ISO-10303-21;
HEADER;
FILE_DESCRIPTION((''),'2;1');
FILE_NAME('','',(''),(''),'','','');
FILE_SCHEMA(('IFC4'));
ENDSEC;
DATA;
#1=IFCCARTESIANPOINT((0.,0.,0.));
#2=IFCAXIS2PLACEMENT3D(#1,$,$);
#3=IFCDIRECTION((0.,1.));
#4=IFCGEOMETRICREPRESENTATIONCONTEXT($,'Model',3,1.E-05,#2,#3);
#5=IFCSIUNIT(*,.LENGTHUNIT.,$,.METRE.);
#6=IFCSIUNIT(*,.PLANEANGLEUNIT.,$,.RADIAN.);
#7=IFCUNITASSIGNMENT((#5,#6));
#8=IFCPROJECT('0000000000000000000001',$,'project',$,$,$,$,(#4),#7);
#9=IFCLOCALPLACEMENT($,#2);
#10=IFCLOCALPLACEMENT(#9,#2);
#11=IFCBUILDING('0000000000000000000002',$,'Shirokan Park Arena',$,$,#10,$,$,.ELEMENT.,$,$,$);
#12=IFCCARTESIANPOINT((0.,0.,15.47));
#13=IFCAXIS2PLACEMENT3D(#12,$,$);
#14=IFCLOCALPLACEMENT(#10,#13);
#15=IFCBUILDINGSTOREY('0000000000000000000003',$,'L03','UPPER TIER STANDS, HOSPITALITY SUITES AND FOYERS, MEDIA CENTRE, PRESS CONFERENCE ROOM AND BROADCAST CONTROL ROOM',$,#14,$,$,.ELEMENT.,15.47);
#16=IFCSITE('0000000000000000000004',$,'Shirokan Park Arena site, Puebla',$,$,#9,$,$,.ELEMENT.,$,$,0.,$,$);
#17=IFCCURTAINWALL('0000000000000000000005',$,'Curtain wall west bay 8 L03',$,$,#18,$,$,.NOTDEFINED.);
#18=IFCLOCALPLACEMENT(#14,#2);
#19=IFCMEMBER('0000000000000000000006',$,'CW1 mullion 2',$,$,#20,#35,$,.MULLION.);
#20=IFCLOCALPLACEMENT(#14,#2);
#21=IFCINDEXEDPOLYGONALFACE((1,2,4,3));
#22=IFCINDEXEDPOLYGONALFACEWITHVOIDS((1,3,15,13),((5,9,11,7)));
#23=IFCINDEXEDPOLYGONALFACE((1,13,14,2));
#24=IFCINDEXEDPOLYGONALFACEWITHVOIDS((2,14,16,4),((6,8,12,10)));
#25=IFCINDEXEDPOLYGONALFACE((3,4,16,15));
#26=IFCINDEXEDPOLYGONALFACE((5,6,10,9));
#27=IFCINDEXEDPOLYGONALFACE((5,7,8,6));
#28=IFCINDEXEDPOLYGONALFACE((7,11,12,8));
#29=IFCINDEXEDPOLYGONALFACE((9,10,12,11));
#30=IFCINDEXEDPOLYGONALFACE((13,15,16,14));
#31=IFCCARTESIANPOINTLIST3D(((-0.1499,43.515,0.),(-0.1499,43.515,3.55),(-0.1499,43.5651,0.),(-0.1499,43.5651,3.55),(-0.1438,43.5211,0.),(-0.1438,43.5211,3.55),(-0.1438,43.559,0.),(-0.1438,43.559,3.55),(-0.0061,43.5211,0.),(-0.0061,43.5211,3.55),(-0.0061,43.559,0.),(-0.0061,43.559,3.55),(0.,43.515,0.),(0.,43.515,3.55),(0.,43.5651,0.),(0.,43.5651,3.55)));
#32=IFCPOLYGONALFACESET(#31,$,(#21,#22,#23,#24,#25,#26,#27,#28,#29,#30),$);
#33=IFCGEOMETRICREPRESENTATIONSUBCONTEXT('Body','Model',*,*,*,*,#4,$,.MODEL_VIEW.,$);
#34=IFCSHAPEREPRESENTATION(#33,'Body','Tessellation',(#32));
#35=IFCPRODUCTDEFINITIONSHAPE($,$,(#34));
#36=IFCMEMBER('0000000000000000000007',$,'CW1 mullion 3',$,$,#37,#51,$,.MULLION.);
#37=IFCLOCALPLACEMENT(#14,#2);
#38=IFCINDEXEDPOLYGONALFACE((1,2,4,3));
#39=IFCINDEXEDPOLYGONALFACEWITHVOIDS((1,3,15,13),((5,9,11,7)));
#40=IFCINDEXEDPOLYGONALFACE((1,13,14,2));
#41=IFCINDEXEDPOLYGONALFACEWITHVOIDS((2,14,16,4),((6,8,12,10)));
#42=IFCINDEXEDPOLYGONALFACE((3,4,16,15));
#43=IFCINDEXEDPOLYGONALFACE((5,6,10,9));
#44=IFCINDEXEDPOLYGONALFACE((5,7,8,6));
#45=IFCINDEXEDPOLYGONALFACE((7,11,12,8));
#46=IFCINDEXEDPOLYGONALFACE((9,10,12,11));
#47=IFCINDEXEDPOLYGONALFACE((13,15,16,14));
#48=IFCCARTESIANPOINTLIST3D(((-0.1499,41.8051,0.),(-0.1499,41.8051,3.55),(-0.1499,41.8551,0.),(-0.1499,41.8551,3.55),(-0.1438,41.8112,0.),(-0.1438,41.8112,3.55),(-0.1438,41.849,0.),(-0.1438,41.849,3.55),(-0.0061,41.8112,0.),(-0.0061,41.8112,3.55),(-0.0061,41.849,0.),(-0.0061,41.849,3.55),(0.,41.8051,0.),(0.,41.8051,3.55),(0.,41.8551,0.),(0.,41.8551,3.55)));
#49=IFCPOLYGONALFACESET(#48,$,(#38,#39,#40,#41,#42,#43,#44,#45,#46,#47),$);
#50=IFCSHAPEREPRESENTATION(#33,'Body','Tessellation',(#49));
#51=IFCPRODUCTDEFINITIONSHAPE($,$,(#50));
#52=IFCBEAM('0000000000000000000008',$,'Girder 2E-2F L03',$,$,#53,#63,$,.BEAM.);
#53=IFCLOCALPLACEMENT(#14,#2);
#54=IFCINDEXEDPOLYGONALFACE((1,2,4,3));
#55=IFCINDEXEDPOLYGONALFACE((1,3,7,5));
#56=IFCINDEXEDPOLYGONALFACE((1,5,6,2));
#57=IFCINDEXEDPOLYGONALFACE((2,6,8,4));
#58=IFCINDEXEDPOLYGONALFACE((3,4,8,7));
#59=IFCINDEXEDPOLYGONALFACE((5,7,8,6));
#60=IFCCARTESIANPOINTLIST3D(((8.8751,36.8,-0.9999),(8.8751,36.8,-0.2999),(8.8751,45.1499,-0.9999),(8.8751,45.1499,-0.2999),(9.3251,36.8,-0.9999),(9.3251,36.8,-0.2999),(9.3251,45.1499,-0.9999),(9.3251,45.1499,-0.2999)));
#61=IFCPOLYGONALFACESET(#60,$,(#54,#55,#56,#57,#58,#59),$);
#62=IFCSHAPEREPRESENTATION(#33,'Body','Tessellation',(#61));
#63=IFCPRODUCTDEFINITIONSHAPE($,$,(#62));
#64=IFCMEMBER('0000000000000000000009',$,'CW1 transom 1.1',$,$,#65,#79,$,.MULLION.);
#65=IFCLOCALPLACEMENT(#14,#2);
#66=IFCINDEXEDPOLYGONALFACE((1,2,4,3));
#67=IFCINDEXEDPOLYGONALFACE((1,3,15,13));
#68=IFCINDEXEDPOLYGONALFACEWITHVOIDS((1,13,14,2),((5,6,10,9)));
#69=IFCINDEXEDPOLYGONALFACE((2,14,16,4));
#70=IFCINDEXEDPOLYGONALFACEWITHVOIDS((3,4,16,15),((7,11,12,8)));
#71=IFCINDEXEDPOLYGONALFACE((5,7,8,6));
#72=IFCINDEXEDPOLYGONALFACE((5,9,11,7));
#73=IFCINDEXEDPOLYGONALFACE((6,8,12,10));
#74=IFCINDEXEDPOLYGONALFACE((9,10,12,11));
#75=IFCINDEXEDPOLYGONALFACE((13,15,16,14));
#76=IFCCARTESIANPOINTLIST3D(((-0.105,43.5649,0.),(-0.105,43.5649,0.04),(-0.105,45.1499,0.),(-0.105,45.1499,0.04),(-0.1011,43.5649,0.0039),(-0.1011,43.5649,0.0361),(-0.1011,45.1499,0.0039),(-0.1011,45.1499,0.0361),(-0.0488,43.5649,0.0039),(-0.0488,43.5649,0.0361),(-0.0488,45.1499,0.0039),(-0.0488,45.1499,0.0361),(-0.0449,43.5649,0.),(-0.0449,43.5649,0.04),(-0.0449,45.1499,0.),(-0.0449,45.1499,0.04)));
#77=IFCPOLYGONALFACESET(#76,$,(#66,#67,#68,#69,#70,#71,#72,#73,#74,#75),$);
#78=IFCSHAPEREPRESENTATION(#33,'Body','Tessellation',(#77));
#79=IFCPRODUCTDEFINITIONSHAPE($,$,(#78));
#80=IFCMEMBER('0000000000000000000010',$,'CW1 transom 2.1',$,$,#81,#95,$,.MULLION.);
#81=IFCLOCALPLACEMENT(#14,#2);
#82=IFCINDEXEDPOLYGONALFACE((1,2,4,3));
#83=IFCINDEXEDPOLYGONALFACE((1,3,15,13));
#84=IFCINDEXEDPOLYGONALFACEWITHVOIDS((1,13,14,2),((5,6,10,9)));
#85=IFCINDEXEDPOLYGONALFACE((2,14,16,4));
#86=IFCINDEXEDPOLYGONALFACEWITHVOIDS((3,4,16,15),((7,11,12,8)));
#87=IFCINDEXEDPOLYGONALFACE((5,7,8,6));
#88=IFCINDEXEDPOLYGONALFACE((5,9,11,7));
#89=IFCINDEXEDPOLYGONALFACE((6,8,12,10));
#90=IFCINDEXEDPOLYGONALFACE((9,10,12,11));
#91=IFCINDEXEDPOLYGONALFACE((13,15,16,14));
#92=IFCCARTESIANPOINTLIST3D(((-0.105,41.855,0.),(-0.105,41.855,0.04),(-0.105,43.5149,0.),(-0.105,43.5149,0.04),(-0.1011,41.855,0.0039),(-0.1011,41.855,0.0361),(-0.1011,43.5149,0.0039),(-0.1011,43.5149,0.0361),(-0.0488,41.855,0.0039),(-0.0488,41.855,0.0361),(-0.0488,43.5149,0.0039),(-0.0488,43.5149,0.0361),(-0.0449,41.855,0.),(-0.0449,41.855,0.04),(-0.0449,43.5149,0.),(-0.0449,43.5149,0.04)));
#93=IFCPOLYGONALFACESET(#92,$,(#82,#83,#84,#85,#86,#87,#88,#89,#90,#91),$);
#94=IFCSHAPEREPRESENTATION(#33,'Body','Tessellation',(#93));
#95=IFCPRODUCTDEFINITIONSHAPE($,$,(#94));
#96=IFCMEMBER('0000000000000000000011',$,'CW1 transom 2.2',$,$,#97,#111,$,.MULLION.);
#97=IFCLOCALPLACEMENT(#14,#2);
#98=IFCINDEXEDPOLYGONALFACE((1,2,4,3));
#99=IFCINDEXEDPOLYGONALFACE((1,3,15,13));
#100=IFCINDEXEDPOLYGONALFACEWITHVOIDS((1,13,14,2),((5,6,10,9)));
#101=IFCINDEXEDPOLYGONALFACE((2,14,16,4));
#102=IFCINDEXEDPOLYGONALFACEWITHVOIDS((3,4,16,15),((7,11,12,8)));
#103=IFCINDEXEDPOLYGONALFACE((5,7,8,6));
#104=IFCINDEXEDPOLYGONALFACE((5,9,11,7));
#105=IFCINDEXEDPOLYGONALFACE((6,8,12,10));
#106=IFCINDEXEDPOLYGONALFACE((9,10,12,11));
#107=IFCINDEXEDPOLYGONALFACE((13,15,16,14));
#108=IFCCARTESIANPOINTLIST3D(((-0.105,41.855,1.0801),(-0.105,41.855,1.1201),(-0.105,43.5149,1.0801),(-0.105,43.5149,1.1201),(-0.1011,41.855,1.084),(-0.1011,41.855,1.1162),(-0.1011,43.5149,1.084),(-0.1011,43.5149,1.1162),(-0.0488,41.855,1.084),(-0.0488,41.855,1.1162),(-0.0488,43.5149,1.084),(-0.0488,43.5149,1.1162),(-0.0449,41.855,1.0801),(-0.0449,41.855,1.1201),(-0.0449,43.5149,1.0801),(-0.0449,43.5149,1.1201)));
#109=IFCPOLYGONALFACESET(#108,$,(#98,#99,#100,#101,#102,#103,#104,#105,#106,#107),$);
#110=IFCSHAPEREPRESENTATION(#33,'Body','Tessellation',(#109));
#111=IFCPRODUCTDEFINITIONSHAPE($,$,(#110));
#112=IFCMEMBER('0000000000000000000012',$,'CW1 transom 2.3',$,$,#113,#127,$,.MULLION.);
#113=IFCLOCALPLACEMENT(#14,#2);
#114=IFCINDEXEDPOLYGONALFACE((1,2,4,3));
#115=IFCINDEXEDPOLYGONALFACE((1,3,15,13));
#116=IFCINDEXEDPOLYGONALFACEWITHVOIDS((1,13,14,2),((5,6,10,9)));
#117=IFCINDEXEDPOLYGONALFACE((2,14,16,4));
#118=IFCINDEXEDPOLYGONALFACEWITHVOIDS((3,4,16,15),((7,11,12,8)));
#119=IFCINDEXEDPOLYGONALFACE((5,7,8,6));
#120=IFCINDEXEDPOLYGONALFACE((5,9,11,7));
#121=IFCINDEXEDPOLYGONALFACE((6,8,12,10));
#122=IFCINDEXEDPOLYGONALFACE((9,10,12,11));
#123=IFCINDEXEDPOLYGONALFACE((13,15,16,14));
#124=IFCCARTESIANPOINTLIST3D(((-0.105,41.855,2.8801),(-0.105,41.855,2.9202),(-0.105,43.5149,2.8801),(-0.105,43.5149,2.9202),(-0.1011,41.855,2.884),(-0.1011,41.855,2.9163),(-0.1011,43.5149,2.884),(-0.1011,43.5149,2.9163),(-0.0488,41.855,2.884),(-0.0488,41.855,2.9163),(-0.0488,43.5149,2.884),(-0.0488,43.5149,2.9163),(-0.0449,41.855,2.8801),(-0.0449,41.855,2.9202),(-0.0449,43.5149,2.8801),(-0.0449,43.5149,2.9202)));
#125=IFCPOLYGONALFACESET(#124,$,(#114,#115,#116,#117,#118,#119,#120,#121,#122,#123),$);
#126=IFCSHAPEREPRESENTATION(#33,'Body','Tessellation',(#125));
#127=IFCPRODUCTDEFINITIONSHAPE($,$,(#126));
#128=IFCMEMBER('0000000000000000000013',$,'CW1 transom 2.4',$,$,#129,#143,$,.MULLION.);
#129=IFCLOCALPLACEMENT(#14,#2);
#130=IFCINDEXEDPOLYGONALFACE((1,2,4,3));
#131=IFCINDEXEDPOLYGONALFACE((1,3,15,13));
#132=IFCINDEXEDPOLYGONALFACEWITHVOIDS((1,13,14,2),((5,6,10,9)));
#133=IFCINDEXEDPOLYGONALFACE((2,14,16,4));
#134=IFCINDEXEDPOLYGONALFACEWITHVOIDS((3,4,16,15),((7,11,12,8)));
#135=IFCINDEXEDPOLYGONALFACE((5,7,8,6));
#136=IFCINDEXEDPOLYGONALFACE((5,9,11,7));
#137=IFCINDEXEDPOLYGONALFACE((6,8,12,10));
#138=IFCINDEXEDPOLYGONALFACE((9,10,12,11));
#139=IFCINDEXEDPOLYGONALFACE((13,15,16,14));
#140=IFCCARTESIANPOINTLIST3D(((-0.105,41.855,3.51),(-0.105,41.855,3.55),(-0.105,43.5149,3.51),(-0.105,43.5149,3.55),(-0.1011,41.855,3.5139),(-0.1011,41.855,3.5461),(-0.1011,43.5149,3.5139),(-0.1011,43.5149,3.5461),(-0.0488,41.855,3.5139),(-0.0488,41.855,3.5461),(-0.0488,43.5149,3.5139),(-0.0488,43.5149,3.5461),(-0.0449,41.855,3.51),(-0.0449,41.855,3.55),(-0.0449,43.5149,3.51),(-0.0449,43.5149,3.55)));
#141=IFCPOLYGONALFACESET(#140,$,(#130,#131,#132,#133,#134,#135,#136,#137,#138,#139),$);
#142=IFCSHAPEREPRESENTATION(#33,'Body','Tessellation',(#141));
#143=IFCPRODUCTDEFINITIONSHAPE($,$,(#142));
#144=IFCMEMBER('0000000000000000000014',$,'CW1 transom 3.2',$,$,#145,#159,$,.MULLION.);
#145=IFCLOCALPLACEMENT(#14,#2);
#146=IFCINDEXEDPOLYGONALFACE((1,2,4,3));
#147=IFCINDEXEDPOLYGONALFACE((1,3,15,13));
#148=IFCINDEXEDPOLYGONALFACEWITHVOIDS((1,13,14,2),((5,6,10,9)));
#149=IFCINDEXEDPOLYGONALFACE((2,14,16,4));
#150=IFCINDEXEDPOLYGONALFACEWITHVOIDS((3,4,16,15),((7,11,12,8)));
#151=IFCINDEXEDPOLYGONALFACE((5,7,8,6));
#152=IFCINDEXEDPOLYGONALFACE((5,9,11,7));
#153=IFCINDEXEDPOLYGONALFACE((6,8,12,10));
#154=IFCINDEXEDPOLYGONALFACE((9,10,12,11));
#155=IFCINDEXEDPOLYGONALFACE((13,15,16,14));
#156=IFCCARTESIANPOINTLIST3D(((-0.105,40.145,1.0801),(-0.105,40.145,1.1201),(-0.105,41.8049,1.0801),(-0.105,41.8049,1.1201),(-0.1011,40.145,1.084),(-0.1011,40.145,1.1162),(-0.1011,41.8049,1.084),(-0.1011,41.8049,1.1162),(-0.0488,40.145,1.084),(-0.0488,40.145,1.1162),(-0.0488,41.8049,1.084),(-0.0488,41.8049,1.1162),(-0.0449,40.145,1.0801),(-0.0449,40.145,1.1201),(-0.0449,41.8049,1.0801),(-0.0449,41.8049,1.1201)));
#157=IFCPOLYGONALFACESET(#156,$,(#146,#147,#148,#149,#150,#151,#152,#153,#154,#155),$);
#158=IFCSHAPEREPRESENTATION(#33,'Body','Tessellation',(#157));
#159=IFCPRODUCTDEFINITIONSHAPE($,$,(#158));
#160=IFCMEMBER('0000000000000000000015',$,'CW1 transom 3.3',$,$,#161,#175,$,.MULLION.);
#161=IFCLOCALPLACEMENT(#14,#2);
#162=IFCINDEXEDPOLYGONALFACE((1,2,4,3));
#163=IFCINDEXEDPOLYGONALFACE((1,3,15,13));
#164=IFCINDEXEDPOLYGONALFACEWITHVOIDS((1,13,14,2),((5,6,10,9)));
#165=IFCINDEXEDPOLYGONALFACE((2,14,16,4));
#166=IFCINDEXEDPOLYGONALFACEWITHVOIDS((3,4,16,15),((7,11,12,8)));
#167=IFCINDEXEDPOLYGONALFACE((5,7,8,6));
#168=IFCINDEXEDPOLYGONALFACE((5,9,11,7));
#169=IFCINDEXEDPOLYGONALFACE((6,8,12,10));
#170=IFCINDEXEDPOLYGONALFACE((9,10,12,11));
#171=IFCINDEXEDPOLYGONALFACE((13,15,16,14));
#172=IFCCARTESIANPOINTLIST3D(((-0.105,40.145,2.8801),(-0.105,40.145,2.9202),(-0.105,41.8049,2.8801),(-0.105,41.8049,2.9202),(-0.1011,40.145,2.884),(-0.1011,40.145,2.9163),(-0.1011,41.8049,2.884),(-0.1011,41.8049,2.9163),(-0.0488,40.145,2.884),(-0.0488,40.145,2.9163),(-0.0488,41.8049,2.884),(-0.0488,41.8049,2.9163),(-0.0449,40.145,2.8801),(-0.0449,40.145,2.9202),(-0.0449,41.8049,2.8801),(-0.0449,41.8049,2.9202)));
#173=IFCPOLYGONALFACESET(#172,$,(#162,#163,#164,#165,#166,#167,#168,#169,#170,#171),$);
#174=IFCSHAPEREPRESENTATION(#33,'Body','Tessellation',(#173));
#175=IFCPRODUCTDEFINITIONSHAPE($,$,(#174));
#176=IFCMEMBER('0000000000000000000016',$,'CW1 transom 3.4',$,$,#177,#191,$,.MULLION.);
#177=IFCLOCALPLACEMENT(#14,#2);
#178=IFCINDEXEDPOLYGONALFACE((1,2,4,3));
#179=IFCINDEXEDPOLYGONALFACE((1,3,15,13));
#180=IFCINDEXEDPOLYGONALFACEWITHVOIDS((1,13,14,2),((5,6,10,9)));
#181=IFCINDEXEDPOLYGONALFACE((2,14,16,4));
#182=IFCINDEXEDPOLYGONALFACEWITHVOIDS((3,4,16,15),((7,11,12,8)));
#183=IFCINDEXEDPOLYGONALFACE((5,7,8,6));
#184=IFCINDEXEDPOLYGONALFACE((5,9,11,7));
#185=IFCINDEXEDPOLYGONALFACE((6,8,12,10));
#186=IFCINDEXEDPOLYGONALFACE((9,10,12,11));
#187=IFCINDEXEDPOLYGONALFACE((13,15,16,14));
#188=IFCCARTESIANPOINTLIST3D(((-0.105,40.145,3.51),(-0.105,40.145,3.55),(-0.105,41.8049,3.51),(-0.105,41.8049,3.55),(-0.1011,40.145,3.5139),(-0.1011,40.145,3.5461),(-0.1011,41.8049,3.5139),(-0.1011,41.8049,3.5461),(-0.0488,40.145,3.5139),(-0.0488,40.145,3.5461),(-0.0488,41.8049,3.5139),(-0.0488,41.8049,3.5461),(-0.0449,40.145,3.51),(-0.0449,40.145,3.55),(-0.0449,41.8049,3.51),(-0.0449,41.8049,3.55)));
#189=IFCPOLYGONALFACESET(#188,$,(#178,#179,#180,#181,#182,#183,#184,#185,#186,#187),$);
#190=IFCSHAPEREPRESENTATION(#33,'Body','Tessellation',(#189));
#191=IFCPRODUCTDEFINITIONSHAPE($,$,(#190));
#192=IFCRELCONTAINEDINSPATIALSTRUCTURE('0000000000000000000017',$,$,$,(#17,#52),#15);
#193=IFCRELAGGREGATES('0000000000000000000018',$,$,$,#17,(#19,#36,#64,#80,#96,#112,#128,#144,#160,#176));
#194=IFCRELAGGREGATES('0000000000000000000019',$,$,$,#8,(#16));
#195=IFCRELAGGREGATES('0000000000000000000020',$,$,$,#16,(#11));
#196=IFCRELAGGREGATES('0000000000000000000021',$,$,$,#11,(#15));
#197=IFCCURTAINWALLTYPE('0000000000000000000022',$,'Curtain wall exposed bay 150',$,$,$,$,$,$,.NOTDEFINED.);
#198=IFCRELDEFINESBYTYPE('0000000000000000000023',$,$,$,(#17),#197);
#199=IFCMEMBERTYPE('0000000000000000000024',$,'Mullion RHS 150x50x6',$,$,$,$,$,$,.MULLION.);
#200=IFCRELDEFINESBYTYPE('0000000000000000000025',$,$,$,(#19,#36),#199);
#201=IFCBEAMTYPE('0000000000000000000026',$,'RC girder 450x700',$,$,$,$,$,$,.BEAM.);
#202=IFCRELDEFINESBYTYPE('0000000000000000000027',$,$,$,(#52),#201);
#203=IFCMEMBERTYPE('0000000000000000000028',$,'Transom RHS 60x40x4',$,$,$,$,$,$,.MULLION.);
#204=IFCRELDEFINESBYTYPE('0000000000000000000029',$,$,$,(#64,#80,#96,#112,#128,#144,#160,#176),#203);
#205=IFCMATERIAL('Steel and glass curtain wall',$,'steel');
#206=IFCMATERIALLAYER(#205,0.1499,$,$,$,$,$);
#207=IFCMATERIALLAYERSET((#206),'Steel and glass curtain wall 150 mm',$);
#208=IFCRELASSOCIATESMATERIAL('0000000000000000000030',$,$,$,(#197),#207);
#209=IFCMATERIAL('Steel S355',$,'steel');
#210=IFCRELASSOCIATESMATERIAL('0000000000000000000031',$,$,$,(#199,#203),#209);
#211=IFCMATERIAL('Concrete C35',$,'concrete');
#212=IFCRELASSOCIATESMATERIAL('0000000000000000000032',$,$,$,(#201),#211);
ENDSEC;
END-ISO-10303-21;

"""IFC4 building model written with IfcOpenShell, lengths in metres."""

from ifc_helpers import new_model, si_unit, direction, frame, origin, origin_2d, place, context, subcontext, project, spatial, rectangle, hollow_rectangle, extrude, material, layer, layer_set, material_profile, profile_set, type_object, element, aggregate, save


model = new_model("IFC4")

# Units and contexts
model_context = context("Model", 3, precision=1e-05, world=origin(), true_north=direction((0.0, 1.0)))
body_context = subcontext(model_context, "Body", "Model", "MODEL_VIEW")
ifc_project = project(units=[si_unit("LENGTHUNIT", "METRE"), si_unit("PLANEANGLEUNIT", "RADIAN")], contexts=[model_context])

# Site, building, storey
site_placement = place(None, origin())
site = spatial("IfcSite", under=ifc_project, at=site_placement, Name="Shirokan Park Arena site, Puebla", CompositionType="ELEMENT", RefElevation=0.0)
building_placement = place(site_placement, origin())
building = spatial("IfcBuilding", under=site, at=building_placement, Name="Shirokan Park Arena", CompositionType="ELEMENT")
storey_placement = place(building_placement, frame((0.0, 0.0, 15.47)))
storey = spatial("IfcBuildingStorey", under=building, at=storey_placement, Name="L03", Description="UPPER TIER STANDS, HOSPITALITY SUITES AND FOYERS, MEDIA CENTRE, PRESS CONFERENCE ROOM AND BROADCAST CONTROL ROOM", CompositionType="ELEMENT", Elevation=15.47)

# Curtain wall, members
ifc_material_1 = material(Name="Steel and glass curtain wall", Category="steel")
ifc_layer_1 = layer(ifc_material_1, 0.1499)
ifc_layer_set_1 = layer_set([ifc_layer_1], Name="Steel and glass curtain wall 150 mm")
curtain_wall_type = type_object("IfcCurtainWallType", Name="Curtain wall exposed bay 150", PredefinedType="NOTDEFINED", material=ifc_layer_set_1)
curtain_wall_placement = place(storey_placement, origin())
curtain_wall = element("IfcCurtainWall", 1, at=curtain_wall_placement, inside=storey, type_object=curtain_wall_type, Name="Curtain wall west bay 8 L03", PredefinedType="NOTDEFINED")
ifc_material_2 = material(Name="Steel S355", Category="steel")
ifc_material_profile_1 = material_profile(ifc_material_2, hollow_rectangle(XDim=0.1499, YDim=0.05, WallThickness=0.0061, at=origin_2d()), Name="RHS 150x50x6")
ifc_profile_set_1 = profile_set([ifc_material_profile_1], Name="Steel S355")
member_type_1 = type_object("IfcMemberType", Name="Mullion RHS 150x50x6", PredefinedType="MULLION", material=ifc_profile_set_1)
member_1_placement = place(storey_placement, frame((-0.075, 43.54, 0.0), z_axis=(0.0, 0.0, 1.0), x_axis=(1.0, 0.0, 0.0)))
member_1 = element("IfcMember", 2, at=member_1_placement, type_object=member_type_1, Name="CW1 mullion 2", PredefinedType="MULLION", context=body_context, shape_type="SweptSolid", body=[
    extrude(hollow_rectangle(XDim=0.1499, YDim=0.05, WallThickness=0.0061, at=origin_2d()), origin(), (0.0, 0.0, 1.0), 3.55),
])
member_2_placement = place(storey_placement, frame((-0.075, 41.8301, 0.0), z_axis=(0.0, 0.0, 1.0), x_axis=(1.0, 0.0, 0.0)))
member_2 = element("IfcMember", 3, at=member_2_placement, type_object=member_type_1, Name="CW1 mullion 3", PredefinedType="MULLION", context=body_context, shape_type="SweptSolid", body=[
    extrude(hollow_rectangle(XDim=0.1499, YDim=0.05, WallThickness=0.0061, at=origin_2d()), origin(), (0.0, 0.0, 1.0), 3.55),
])

# Beam
ifc_material_3 = material(Name="Concrete C35", Category="concrete")
ifc_material_profile_2 = material_profile(ifc_material_3, rectangle(XDim=0.45, YDim=0.7, at=origin_2d()), Name="450x700")
ifc_profile_set_2 = profile_set([ifc_material_profile_2], Name="Concrete C35")
beam_type = type_object("IfcBeamType", Name="RC girder 450x700", PredefinedType="BEAM", material=ifc_profile_set_2)
beam_placement = place(storey_placement, frame((9.1001, 36.8, -0.6499), z_axis=(0.0, 1.0, 0.0), x_axis=(-1.0, 0.0, 0.0)))
element("IfcBeam", 4, at=beam_placement, inside=storey, type_object=beam_type, Name="Girder 2E-2F L03", PredefinedType="BEAM", context=body_context, shape_type="SweptSolid", body=[
    extrude(rectangle(XDim=0.45, YDim=0.7, at=origin_2d()), origin(), (0.0, 0.0, 1.0), 8.3499),
])

# Members
ifc_material_profile_3 = material_profile(ifc_material_2, hollow_rectangle(XDim=0.0601, YDim=0.04, WallThickness=0.0039, at=origin_2d()), Name="RHS 60x40x4")
ifc_profile_set_3 = profile_set([ifc_material_profile_3], Name="Steel S355")
member_type_2 = type_object("IfcMemberType", Name="Transom RHS 60x40x4", PredefinedType="MULLION", material=ifc_profile_set_3)
member_3_placement = place(storey_placement, frame((-0.075, 45.1499, 0.02), z_axis=(0.0, -1.0, 0.0), x_axis=(1.0, 0.0, 0.0)))
member_3 = element("IfcMember", 5, at=member_3_placement, type_object=member_type_2, Name="CW1 transom 1.1", PredefinedType="MULLION", context=body_context, shape_type="SweptSolid", body=[
    extrude(hollow_rectangle(XDim=0.0601, YDim=0.04, WallThickness=0.0039, at=origin_2d()), origin(), (0.0, 0.0, 1.0), 1.585),
])
member_4_placement = place(storey_placement, frame((-0.075, 43.5149, 0.02), z_axis=(0.0, -1.0, 0.0), x_axis=(1.0, 0.0, 0.0)))
member_4 = element("IfcMember", 6, at=member_4_placement, type_object=member_type_2, Name="CW1 transom 2.1", PredefinedType="MULLION", context=body_context, shape_type="SweptSolid", body=[
    extrude(hollow_rectangle(XDim=0.0601, YDim=0.04, WallThickness=0.0039, at=origin_2d()), origin(), (0.0, 0.0, 1.0), 1.6599),
])
member_5_placement = place(storey_placement, frame((-0.075, 43.5149, 1.1001), z_axis=(0.0, -1.0, 0.0), x_axis=(1.0, 0.0, 0.0)))
member_5 = element("IfcMember", 7, at=member_5_placement, type_object=member_type_2, Name="CW1 transom 2.2", PredefinedType="MULLION", context=body_context, shape_type="SweptSolid", body=[
    extrude(hollow_rectangle(XDim=0.0601, YDim=0.04, WallThickness=0.0039, at=origin_2d()), origin(), (0.0, 0.0, 1.0), 1.6599),
])
member_6_placement = place(storey_placement, frame((-0.075, 43.5149, 2.9001), z_axis=(0.0, -1.0, 0.0), x_axis=(1.0, 0.0, 0.0)))
member_6 = element("IfcMember", 8, at=member_6_placement, type_object=member_type_2, Name="CW1 transom 2.3", PredefinedType="MULLION", context=body_context, shape_type="SweptSolid", body=[
    extrude(hollow_rectangle(XDim=0.0601, YDim=0.04, WallThickness=0.0039, at=origin_2d()), origin(), (0.0, 0.0, 1.0), 1.6599),
])
member_7_placement = place(storey_placement, frame((-0.075, 43.5149, 3.53), z_axis=(0.0, -1.0, 0.0), x_axis=(1.0, 0.0, 0.0)))
member_7 = element("IfcMember", 9, at=member_7_placement, type_object=member_type_2, Name="CW1 transom 2.4", PredefinedType="MULLION", context=body_context, shape_type="SweptSolid", body=[
    extrude(hollow_rectangle(XDim=0.0601, YDim=0.04, WallThickness=0.0039, at=origin_2d()), origin(), (0.0, 0.0, 1.0), 1.6599),
])
member_8_placement = place(storey_placement, frame((-0.075, 41.8049, 1.1001), z_axis=(0.0, -1.0, 0.0), x_axis=(1.0, 0.0, 0.0)))
member_8 = element("IfcMember", 10, at=member_8_placement, type_object=member_type_2, Name="CW1 transom 3.2", PredefinedType="MULLION", context=body_context, shape_type="SweptSolid", body=[
    extrude(hollow_rectangle(XDim=0.0601, YDim=0.04, WallThickness=0.0039, at=origin_2d()), origin(), (0.0, 0.0, 1.0), 1.6599),
])
member_9_placement = place(storey_placement, frame((-0.075, 41.8049, 2.9001), z_axis=(0.0, -1.0, 0.0), x_axis=(1.0, 0.0, 0.0)))
member_9 = element("IfcMember", 11, at=member_9_placement, type_object=member_type_2, Name="CW1 transom 3.3", PredefinedType="MULLION", context=body_context, shape_type="SweptSolid", body=[
    extrude(hollow_rectangle(XDim=0.0601, YDim=0.04, WallThickness=0.0039, at=origin_2d()), origin(), (0.0, 0.0, 1.0), 1.6599),
])
member_10_placement = place(storey_placement, frame((-0.075, 41.8049, 3.53), z_axis=(0.0, -1.0, 0.0), x_axis=(1.0, 0.0, 0.0)))
member_10 = element("IfcMember", 12, at=member_10_placement, type_object=member_type_2, Name="CW1 transom 3.4", PredefinedType="MULLION", context=body_context, shape_type="SweptSolid", body=[
    extrude(hollow_rectangle(XDim=0.0601, YDim=0.04, WallThickness=0.0039, at=origin_2d()), origin(), (0.0, 0.0, 1.0), 1.6599),
])

aggregate(curtain_wall, [member_1, member_2, member_3, member_4, member_5, member_6, member_7, member_8, member_9, member_10])

save(model, "model.ifc")
